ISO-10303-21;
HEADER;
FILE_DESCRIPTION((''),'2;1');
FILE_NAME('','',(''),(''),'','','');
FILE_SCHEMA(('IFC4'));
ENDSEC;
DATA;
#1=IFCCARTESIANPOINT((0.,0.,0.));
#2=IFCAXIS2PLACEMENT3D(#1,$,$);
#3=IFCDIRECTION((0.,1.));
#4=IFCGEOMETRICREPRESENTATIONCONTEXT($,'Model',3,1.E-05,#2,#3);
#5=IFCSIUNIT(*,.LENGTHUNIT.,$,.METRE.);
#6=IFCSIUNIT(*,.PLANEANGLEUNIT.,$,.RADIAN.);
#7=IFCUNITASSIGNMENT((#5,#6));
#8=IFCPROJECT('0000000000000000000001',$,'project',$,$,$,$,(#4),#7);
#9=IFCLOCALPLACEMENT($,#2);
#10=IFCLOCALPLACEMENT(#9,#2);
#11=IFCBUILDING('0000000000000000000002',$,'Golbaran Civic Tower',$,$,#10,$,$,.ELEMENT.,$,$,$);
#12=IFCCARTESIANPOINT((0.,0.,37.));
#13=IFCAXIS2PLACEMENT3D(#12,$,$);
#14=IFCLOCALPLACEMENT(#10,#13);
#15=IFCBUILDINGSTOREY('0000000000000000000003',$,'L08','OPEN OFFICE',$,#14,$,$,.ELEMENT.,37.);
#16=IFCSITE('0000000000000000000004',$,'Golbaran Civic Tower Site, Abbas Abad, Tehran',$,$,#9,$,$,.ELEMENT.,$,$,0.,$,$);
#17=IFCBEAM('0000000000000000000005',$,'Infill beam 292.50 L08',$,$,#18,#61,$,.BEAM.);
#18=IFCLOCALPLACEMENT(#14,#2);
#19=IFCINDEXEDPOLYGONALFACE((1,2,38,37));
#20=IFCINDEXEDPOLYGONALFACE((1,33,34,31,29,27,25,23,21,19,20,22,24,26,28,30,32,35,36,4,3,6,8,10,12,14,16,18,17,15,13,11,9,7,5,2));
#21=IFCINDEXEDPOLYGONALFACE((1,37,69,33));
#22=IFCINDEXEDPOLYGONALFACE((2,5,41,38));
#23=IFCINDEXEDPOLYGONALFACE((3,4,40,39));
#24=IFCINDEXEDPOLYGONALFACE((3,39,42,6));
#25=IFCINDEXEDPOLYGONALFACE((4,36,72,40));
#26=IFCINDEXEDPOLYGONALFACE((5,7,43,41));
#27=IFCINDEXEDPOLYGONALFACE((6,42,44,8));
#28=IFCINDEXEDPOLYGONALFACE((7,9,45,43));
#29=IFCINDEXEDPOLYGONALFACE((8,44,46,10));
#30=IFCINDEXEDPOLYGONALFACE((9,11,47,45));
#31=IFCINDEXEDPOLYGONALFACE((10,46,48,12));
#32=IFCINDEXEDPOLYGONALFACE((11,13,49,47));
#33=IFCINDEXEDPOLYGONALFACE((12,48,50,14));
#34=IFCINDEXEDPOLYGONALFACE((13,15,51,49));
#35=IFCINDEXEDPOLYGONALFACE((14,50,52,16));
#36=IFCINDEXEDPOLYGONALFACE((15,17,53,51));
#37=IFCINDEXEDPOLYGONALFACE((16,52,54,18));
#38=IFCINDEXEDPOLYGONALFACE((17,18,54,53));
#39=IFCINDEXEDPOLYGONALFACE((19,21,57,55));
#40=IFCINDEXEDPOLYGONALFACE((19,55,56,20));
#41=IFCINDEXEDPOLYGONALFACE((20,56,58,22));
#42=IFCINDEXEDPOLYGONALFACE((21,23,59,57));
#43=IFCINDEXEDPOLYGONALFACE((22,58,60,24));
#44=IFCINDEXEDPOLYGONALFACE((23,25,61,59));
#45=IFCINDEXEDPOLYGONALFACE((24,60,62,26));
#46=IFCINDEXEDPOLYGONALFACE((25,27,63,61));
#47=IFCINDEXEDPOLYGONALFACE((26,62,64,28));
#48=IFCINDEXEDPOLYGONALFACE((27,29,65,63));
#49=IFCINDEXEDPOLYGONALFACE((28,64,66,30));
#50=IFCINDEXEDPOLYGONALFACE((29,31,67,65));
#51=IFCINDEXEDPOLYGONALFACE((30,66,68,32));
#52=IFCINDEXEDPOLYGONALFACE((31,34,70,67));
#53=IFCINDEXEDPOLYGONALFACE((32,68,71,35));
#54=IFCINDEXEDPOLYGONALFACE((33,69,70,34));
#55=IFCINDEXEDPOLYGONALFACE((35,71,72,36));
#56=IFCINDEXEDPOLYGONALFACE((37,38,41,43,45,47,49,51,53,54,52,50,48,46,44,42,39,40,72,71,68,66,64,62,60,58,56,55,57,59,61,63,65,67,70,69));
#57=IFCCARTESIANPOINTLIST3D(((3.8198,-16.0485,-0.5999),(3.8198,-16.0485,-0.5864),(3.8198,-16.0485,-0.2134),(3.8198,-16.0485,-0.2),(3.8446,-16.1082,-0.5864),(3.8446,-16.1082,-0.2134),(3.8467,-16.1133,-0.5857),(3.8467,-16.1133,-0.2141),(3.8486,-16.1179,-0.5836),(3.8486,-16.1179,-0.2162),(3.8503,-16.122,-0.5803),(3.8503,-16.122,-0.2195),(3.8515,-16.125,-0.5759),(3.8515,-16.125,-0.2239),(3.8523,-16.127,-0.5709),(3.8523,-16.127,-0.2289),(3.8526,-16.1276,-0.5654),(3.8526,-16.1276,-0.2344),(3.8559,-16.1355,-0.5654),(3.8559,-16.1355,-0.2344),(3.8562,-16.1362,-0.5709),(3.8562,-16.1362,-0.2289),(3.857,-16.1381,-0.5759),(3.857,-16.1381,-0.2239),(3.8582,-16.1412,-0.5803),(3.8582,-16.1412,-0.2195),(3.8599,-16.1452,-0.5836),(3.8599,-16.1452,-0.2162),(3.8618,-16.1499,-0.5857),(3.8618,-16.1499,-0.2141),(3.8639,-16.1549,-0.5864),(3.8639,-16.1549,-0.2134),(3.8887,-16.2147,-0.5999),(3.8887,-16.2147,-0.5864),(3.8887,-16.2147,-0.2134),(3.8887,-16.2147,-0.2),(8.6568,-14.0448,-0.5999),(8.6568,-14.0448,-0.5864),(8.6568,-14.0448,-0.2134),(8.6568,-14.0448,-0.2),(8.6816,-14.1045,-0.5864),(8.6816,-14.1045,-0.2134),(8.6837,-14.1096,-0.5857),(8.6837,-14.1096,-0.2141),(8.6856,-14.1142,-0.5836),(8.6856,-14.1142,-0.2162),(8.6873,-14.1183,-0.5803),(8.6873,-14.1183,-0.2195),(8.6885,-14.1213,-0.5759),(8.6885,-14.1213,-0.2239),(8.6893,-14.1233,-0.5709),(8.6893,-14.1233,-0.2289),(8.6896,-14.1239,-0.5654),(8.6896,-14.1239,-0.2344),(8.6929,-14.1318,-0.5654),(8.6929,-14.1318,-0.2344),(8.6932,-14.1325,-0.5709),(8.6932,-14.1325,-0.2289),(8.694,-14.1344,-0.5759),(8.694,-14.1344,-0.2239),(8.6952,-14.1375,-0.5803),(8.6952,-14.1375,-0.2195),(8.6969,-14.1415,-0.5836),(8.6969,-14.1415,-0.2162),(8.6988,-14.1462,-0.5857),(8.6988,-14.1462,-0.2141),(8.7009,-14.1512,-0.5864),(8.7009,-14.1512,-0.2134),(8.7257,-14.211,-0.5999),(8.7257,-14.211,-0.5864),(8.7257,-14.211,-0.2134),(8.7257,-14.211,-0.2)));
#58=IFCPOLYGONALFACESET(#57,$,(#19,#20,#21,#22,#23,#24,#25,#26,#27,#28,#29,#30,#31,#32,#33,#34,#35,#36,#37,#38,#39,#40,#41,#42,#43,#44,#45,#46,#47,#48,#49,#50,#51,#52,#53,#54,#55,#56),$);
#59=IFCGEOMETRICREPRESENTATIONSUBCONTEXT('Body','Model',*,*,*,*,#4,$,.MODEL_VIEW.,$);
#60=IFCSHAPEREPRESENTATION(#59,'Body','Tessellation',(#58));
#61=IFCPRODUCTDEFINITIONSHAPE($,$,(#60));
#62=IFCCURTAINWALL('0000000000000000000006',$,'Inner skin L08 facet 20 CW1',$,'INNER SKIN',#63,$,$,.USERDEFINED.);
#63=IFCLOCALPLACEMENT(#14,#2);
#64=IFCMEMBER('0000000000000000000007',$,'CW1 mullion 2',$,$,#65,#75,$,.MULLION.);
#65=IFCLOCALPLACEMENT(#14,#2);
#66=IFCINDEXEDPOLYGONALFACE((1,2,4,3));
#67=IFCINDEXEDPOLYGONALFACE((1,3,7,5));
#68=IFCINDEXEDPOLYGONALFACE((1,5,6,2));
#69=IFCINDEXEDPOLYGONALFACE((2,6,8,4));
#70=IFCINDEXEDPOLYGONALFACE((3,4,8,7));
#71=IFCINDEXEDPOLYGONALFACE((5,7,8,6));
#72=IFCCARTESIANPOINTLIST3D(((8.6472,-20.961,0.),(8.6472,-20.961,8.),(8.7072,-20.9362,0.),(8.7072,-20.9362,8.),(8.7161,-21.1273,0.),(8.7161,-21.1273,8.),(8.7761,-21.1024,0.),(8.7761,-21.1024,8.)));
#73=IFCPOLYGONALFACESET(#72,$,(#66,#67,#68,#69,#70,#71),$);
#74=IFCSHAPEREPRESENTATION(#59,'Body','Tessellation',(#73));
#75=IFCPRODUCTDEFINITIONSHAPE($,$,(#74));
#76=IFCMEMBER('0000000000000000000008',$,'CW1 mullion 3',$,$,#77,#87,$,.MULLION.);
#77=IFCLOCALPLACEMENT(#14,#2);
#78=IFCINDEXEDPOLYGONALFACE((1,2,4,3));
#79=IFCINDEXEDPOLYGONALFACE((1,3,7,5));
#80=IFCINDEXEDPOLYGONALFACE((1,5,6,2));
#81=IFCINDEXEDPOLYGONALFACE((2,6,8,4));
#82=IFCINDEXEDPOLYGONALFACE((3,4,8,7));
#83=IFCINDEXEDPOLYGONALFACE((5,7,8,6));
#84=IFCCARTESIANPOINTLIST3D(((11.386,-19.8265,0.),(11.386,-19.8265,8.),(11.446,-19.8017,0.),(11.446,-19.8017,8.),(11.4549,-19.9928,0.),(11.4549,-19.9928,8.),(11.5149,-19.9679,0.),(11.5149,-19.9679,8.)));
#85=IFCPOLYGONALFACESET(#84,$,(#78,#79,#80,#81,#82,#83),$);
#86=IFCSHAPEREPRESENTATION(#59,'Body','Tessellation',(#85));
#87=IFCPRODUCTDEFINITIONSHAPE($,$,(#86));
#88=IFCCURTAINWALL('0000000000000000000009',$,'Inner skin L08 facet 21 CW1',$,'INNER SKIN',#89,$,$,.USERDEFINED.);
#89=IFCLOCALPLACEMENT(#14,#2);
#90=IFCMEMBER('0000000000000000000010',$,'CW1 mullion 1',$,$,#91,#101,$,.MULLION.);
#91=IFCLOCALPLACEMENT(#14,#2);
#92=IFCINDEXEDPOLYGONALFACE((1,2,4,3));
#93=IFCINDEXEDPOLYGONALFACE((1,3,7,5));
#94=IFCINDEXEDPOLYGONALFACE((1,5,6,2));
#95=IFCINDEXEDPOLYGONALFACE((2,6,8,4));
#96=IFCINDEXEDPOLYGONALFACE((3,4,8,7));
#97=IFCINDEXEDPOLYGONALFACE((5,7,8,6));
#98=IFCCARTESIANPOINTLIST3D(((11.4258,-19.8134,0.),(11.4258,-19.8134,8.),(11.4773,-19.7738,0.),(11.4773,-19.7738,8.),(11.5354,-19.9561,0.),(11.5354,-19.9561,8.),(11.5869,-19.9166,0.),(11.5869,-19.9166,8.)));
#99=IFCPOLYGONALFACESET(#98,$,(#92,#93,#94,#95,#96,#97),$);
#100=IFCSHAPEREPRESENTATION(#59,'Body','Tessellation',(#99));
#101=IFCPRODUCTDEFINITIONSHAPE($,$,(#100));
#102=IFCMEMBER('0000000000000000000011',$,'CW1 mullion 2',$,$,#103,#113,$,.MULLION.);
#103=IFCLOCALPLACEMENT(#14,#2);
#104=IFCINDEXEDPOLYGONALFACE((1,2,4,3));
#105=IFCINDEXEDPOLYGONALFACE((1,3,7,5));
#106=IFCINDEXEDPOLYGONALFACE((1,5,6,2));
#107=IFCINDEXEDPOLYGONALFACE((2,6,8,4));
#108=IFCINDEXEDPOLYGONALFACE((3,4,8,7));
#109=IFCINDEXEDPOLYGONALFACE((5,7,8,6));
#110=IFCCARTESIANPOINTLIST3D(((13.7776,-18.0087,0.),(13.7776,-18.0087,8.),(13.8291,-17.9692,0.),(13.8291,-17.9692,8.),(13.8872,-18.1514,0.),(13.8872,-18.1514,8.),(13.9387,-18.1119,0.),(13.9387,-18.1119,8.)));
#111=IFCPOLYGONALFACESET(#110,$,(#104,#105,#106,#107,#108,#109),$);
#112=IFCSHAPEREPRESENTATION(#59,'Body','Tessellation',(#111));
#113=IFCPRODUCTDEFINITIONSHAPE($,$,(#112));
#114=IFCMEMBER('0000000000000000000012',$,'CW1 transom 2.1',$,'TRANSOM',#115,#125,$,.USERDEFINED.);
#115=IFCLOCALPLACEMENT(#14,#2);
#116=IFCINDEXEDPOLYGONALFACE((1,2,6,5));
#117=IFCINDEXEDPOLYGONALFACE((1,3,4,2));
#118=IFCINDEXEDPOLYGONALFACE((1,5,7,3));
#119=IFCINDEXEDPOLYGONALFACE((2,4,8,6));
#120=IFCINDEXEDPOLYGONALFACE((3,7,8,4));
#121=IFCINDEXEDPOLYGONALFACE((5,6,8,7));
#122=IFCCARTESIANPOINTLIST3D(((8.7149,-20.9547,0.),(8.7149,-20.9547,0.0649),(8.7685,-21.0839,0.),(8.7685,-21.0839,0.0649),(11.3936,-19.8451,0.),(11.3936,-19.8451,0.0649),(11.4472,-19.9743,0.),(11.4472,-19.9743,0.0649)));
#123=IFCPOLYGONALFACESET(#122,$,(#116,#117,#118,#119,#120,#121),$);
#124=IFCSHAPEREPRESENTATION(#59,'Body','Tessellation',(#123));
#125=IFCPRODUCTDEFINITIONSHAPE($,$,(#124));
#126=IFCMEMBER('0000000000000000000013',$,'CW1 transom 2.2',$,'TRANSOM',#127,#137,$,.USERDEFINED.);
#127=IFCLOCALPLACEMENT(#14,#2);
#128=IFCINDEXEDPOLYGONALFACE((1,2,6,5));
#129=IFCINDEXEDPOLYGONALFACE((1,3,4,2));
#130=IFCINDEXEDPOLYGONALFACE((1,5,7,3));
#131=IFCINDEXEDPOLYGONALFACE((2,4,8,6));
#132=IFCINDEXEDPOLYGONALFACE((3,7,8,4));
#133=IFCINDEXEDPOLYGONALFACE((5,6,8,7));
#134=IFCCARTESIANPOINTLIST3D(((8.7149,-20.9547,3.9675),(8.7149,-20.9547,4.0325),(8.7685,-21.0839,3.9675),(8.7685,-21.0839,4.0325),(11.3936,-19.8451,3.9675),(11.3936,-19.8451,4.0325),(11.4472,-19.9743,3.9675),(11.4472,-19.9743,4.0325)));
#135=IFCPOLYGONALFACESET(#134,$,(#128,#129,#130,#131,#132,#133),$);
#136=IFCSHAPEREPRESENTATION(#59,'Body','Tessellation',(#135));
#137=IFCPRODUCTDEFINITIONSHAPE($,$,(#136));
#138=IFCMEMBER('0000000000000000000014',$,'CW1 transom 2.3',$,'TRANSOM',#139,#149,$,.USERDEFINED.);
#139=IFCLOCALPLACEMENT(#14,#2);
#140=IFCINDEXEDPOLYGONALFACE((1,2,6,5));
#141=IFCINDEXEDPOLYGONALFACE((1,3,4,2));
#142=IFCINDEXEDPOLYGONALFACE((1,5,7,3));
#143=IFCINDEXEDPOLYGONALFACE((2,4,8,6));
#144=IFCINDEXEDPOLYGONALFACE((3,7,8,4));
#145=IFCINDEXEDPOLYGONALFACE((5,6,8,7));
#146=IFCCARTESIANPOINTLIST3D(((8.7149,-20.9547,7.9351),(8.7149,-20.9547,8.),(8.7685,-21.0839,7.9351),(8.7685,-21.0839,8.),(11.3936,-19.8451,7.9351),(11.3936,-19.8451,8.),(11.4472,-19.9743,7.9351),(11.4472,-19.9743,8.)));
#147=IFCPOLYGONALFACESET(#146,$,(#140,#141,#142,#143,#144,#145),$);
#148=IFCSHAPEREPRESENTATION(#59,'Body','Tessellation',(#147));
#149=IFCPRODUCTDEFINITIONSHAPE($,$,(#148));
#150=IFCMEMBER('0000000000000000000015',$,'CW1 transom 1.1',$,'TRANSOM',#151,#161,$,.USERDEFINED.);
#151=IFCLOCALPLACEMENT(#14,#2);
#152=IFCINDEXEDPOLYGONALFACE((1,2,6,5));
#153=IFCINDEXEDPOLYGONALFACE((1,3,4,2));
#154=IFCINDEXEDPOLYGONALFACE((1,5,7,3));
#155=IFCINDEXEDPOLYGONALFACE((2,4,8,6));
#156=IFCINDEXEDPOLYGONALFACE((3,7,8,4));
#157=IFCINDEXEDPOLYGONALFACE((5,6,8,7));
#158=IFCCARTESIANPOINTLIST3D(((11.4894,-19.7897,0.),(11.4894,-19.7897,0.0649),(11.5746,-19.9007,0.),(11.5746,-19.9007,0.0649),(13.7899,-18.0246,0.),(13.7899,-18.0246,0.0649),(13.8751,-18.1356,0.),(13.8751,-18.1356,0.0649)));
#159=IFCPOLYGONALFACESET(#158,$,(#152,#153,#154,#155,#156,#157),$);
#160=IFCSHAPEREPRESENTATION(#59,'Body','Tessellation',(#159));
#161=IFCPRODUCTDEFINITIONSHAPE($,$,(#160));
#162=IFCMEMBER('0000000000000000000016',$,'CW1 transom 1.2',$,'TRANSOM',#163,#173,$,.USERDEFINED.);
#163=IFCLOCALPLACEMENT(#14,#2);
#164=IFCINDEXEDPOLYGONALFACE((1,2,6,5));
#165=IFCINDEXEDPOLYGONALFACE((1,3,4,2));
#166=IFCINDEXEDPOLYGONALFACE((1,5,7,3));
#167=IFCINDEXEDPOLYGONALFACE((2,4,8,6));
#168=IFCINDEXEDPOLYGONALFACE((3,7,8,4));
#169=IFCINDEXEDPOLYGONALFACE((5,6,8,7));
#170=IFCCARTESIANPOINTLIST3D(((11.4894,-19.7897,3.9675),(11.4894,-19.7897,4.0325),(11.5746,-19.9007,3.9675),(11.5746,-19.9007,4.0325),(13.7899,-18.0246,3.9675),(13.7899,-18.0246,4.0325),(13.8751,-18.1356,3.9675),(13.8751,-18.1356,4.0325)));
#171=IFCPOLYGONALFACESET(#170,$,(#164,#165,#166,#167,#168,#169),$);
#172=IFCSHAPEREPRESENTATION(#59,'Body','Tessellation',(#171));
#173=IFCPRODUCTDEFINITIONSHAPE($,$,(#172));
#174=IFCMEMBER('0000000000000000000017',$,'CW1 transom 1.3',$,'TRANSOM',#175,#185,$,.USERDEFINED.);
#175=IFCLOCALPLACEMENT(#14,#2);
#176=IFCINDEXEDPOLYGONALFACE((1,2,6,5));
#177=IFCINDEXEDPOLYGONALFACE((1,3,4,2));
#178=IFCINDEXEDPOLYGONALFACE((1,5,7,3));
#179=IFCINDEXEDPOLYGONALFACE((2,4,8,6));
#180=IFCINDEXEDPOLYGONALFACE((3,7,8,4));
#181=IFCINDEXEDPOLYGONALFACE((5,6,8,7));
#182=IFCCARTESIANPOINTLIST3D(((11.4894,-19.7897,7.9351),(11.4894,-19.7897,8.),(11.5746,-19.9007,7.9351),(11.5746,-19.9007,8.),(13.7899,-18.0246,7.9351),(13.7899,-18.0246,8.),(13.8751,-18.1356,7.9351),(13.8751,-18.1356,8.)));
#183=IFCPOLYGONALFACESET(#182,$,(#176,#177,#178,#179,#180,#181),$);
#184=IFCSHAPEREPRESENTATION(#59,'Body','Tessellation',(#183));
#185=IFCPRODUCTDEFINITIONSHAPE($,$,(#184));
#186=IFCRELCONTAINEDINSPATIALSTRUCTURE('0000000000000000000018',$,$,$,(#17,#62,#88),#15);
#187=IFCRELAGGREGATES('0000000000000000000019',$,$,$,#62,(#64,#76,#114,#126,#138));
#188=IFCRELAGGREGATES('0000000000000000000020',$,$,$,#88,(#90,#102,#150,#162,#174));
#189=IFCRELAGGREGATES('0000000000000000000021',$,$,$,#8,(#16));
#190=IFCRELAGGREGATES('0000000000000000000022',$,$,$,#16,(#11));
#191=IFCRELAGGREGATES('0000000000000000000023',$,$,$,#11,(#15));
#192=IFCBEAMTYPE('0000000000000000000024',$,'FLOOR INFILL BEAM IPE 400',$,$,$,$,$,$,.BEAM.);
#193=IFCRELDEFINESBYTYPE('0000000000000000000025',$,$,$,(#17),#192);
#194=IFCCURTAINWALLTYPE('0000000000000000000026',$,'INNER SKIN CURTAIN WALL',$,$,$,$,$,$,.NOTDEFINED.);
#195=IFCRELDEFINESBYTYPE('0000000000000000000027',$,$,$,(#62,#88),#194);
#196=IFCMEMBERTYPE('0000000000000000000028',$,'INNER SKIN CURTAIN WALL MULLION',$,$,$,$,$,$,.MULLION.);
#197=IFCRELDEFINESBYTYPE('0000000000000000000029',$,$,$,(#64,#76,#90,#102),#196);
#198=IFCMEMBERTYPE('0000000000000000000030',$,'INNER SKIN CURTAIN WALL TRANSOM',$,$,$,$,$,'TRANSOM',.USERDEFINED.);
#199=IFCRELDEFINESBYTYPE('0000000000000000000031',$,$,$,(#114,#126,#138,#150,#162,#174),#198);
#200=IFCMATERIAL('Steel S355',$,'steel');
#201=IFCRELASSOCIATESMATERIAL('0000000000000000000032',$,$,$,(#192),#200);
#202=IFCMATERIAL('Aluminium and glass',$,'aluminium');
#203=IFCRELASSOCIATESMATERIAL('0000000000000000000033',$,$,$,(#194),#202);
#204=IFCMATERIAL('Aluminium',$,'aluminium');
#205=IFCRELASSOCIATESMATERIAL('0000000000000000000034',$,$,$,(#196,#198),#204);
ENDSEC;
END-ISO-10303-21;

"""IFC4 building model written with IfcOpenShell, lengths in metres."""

from ifc_helpers import new_model, si_unit, direction, frame, origin, origin_2d, place, context, subcontext, project, spatial, rectangle, i_section, extrude, material, material_profile, profile_set, type_object, element, aggregate, save


model = new_model("IFC4")

# Units and contexts
model_context = context("Model", 3, precision=1e-05, world=origin(), true_north=direction((0.0, 1.0)))
body_context = subcontext(model_context, "Body", "Model", "MODEL_VIEW")
ifc_project = project(units=[si_unit("LENGTHUNIT", "METRE"), si_unit("PLANEANGLEUNIT", "RADIAN")], contexts=[model_context])

# Site, building, storey
site_placement = place(None, origin())
site = spatial("IfcSite", under=ifc_project, at=site_placement, Name="Golbaran Civic Tower Site, Abbas Abad, Tehran", CompositionType="ELEMENT", RefElevation=0.0)
building_placement = place(site_placement, origin())
building = spatial("IfcBuilding", under=site, at=building_placement, Name="Golbaran Civic Tower", CompositionType="ELEMENT")
storey_placement = place(building_placement, frame((0.0, 0.0, 37.0)))
storey = spatial("IfcBuildingStorey", under=building, at=storey_placement, Name="L08", Description="OPEN OFFICE", CompositionType="ELEMENT", Elevation=37.0)

# Beam
ifc_material_1 = material(Name="Steel S355", Category="steel")
ifc_material_profile_1 = material_profile(ifc_material_1, i_section(OverallWidth=0.1799, OverallDepth=0.3999, WebThickness=0.0085, FlangeThickness=0.0134, FilletRadius=0.021, at=origin_2d()), Name="IPE 400")
ifc_profile_set_1 = profile_set([ifc_material_profile_1], Name="Steel S355")
beam_type = type_object("IfcBeamType", Name="FLOOR INFILL BEAM IPE 400", PredefinedType="BEAM", material=ifc_profile_set_1)
beam_placement = place(storey_placement, frame((3.8542, -16.1316, -0.3999), z_axis=(0.92387, 0.382707, 0.0), x_axis=(-0.382707, 0.92387, 0.0)))
element("IfcBeam", 1, at=beam_placement, inside=storey, type_object=beam_type, Name="Infill beam 292.50 L08", PredefinedType="BEAM", context=body_context, shape_type="SweptSolid", body=[
    extrude(i_section(OverallWidth=0.1799, OverallDepth=0.3999, WebThickness=0.0085, FlangeThickness=0.0134, FilletRadius=0.021, at=origin_2d()), origin(), (0.0, 0.0, 1.0), 5.2356),
])

# Curtain walls, members
ifc_material_2 = material(Name="Aluminium and glass", Category="aluminium")
curtain_wall_type = type_object("IfcCurtainWallType", Name="INNER SKIN CURTAIN WALL", PredefinedType="NOTDEFINED", material=ifc_material_2)
curtain_wall_1_placement = place(storey_placement, origin())
curtain_wall_1 = element("IfcCurtainWall", 2, at=curtain_wall_1_placement, inside=storey, type_object=curtain_wall_type, Name="Inner skin L08 facet 20 CW1", ObjectType="INNER SKIN", PredefinedType="USERDEFINED")
ifc_material_3 = material(Name="Aluminium", Category="aluminium")
ifc_material_profile_2 = material_profile(ifc_material_3, rectangle(XDim=0.1799, YDim=0.0649, at=origin_2d()), Name="INNER SKIN CURTAIN WALL MULLION")
ifc_profile_set_2 = profile_set([ifc_material_profile_2], Name="Aluminium")
member_type_1 = type_object("IfcMemberType", Name="INNER SKIN CURTAIN WALL MULLION", PredefinedType="MULLION", material=ifc_profile_set_2)
member_1_placement = place(storey_placement, frame((8.7117, -21.0317, 0.0), z_axis=(0.0, 0.0, 1.0), x_axis=(-0.382683, 0.92388, 0.0)))
member_1 = element("IfcMember", 3, at=member_1_placement, type_object=member_type_1, Name="CW1 mullion 2", PredefinedType="MULLION", context=body_context, shape_type="SweptSolid", body=[
    extrude(rectangle(XDim=0.1799, YDim=0.0649, at=origin_2d()), origin(), (0.0, 0.0, 1.0), 8.0),
])
member_2_placement = place(storey_placement, frame((11.4504, -19.8972, 0.0), z_axis=(0.0, 0.0, 1.0), x_axis=(-0.382683, 0.92388, 0.0)))
member_2 = element("IfcMember", 4, at=member_2_placement, type_object=member_type_1, Name="CW1 mullion 3", PredefinedType="MULLION", context=body_context, shape_type="SweptSolid", body=[
    extrude(rectangle(XDim=0.1799, YDim=0.0649, at=origin_2d()), origin(), (0.0, 0.0, 1.0), 8.0),
])
curtain_wall_2_placement = place(storey_placement, origin())
curtain_wall_2 = element("IfcCurtainWall", 5, at=curtain_wall_2_placement, inside=storey, type_object=curtain_wall_type, Name="Inner skin L08 facet 21 CW1", ObjectType="INNER SKIN", PredefinedType="USERDEFINED")
member_3_placement = place(storey_placement, frame((11.5063, -19.865, 0.0), z_axis=(0.0, 0.0, 1.0), x_axis=(-0.608761, 0.793353, 0.0)))
member_3 = element("IfcMember", 6, at=member_3_placement, type_object=member_type_1, Name="CW1 mullion 1", PredefinedType="MULLION", context=body_context, shape_type="SweptSolid", body=[
    extrude(rectangle(XDim=0.1799, YDim=0.0649, at=origin_2d()), origin(), (0.0, 0.0, 1.0), 8.0),
])
member_4_placement = place(storey_placement, frame((13.8582, -18.0603, 0.0), z_axis=(0.0, 0.0, 1.0), x_axis=(-0.608761, 0.793353, 0.0)))
member_4 = element("IfcMember", 7, at=member_4_placement, type_object=member_type_1, Name="CW1 mullion 2", PredefinedType="MULLION", context=body_context, shape_type="SweptSolid", body=[
    extrude(rectangle(XDim=0.1799, YDim=0.0649, at=origin_2d()), origin(), (0.0, 0.0, 1.0), 8.0),
])

# Members
ifc_material_profile_3 = material_profile(ifc_material_3, rectangle(XDim=0.1399, YDim=0.0649, at=origin_2d()), Name="INNER SKIN CURTAIN WALL TRANSOM")
ifc_profile_set_3 = profile_set([ifc_material_profile_3], Name="Aluminium")
member_type_2 = type_object("IfcMemberType", Name="INNER SKIN CURTAIN WALL TRANSOM", ElementType="TRANSOM", PredefinedType="USERDEFINED", material=ifc_profile_set_3)
member_5_placement = place(storey_placement, frame((8.7417, -21.0193, 0.0325), z_axis=(0.923872, 0.382701, 0.0), x_axis=(-0.382701, 0.923872, 0.0)))
member_5 = element("IfcMember", 8, at=member_5_placement, type_object=member_type_2, Name="CW1 transom 2.1", ObjectType="TRANSOM", PredefinedType="USERDEFINED", context=body_context, shape_type="SweptSolid", body=[
    extrude(rectangle(XDim=0.1399, YDim=0.0649, at=origin_2d()), origin(), (0.0, 0.0, 1.0), 2.8994),
])
member_6_placement = place(storey_placement, frame((8.7417, -21.0193, 4.0), z_axis=(0.923872, 0.382701, 0.0), x_axis=(-0.382701, 0.923872, 0.0)))
member_6 = element("IfcMember", 9, at=member_6_placement, type_object=member_type_2, Name="CW1 transom 2.2", ObjectType="TRANSOM", PredefinedType="USERDEFINED", context=body_context, shape_type="SweptSolid", body=[
    extrude(rectangle(XDim=0.1399, YDim=0.0649, at=origin_2d()), origin(), (0.0, 0.0, 1.0), 2.8994),
])
member_7_placement = place(storey_placement, frame((8.7417, -21.0193, 7.9675), z_axis=(0.923872, 0.382701, 0.0), x_axis=(-0.382701, 0.923872, 0.0)))
member_7 = element("IfcMember", 10, at=member_7_placement, type_object=member_type_2, Name="CW1 transom 2.3", ObjectType="TRANSOM", PredefinedType="USERDEFINED", context=body_context, shape_type="SweptSolid", body=[
    extrude(rectangle(XDim=0.1399, YDim=0.0649, at=origin_2d()), origin(), (0.0, 0.0, 1.0), 2.8994),
])
member_8_placement = place(storey_placement, frame((11.532, -19.8452, 0.0325), z_axis=(0.793375, 0.608734, 0.0), x_axis=(-0.608734, 0.793375, 0.0)))
member_8 = element("IfcMember", 11, at=member_8_placement, type_object=member_type_2, Name="CW1 transom 1.1", ObjectType="TRANSOM", PredefinedType="USERDEFINED", context=body_context, shape_type="SweptSolid", body=[
    extrude(rectangle(XDim=0.1399, YDim=0.0649, at=origin_2d()), origin(), (0.0, 0.0, 1.0), 2.8997),
])
member_9_placement = place(storey_placement, frame((11.532, -19.8452, 4.0), z_axis=(0.793375, 0.608734, 0.0), x_axis=(-0.608734, 0.793375, 0.0)))
member_9 = element("IfcMember", 12, at=member_9_placement, type_object=member_type_2, Name="CW1 transom 1.2", ObjectType="TRANSOM", PredefinedType="USERDEFINED", context=body_context, shape_type="SweptSolid", body=[
    extrude(rectangle(XDim=0.1399, YDim=0.0649, at=origin_2d()), origin(), (0.0, 0.0, 1.0), 2.8997),
])
member_10_placement = place(storey_placement, frame((11.532, -19.8452, 7.9675), z_axis=(0.793375, 0.608734, 0.0), x_axis=(-0.608734, 0.793375, 0.0)))
member_10 = element("IfcMember", 13, at=member_10_placement, type_object=member_type_2, Name="CW1 transom 1.3", ObjectType="TRANSOM", PredefinedType="USERDEFINED", context=body_context, shape_type="SweptSolid", body=[
    extrude(rectangle(XDim=0.1399, YDim=0.0649, at=origin_2d()), origin(), (0.0, 0.0, 1.0), 2.8997),
])

aggregate(curtain_wall_1, [member_1, member_2, member_5, member_6, member_7])
aggregate(curtain_wall_2, [member_3, member_4, member_8, member_9, member_10])

save(model, "model.ifc")
